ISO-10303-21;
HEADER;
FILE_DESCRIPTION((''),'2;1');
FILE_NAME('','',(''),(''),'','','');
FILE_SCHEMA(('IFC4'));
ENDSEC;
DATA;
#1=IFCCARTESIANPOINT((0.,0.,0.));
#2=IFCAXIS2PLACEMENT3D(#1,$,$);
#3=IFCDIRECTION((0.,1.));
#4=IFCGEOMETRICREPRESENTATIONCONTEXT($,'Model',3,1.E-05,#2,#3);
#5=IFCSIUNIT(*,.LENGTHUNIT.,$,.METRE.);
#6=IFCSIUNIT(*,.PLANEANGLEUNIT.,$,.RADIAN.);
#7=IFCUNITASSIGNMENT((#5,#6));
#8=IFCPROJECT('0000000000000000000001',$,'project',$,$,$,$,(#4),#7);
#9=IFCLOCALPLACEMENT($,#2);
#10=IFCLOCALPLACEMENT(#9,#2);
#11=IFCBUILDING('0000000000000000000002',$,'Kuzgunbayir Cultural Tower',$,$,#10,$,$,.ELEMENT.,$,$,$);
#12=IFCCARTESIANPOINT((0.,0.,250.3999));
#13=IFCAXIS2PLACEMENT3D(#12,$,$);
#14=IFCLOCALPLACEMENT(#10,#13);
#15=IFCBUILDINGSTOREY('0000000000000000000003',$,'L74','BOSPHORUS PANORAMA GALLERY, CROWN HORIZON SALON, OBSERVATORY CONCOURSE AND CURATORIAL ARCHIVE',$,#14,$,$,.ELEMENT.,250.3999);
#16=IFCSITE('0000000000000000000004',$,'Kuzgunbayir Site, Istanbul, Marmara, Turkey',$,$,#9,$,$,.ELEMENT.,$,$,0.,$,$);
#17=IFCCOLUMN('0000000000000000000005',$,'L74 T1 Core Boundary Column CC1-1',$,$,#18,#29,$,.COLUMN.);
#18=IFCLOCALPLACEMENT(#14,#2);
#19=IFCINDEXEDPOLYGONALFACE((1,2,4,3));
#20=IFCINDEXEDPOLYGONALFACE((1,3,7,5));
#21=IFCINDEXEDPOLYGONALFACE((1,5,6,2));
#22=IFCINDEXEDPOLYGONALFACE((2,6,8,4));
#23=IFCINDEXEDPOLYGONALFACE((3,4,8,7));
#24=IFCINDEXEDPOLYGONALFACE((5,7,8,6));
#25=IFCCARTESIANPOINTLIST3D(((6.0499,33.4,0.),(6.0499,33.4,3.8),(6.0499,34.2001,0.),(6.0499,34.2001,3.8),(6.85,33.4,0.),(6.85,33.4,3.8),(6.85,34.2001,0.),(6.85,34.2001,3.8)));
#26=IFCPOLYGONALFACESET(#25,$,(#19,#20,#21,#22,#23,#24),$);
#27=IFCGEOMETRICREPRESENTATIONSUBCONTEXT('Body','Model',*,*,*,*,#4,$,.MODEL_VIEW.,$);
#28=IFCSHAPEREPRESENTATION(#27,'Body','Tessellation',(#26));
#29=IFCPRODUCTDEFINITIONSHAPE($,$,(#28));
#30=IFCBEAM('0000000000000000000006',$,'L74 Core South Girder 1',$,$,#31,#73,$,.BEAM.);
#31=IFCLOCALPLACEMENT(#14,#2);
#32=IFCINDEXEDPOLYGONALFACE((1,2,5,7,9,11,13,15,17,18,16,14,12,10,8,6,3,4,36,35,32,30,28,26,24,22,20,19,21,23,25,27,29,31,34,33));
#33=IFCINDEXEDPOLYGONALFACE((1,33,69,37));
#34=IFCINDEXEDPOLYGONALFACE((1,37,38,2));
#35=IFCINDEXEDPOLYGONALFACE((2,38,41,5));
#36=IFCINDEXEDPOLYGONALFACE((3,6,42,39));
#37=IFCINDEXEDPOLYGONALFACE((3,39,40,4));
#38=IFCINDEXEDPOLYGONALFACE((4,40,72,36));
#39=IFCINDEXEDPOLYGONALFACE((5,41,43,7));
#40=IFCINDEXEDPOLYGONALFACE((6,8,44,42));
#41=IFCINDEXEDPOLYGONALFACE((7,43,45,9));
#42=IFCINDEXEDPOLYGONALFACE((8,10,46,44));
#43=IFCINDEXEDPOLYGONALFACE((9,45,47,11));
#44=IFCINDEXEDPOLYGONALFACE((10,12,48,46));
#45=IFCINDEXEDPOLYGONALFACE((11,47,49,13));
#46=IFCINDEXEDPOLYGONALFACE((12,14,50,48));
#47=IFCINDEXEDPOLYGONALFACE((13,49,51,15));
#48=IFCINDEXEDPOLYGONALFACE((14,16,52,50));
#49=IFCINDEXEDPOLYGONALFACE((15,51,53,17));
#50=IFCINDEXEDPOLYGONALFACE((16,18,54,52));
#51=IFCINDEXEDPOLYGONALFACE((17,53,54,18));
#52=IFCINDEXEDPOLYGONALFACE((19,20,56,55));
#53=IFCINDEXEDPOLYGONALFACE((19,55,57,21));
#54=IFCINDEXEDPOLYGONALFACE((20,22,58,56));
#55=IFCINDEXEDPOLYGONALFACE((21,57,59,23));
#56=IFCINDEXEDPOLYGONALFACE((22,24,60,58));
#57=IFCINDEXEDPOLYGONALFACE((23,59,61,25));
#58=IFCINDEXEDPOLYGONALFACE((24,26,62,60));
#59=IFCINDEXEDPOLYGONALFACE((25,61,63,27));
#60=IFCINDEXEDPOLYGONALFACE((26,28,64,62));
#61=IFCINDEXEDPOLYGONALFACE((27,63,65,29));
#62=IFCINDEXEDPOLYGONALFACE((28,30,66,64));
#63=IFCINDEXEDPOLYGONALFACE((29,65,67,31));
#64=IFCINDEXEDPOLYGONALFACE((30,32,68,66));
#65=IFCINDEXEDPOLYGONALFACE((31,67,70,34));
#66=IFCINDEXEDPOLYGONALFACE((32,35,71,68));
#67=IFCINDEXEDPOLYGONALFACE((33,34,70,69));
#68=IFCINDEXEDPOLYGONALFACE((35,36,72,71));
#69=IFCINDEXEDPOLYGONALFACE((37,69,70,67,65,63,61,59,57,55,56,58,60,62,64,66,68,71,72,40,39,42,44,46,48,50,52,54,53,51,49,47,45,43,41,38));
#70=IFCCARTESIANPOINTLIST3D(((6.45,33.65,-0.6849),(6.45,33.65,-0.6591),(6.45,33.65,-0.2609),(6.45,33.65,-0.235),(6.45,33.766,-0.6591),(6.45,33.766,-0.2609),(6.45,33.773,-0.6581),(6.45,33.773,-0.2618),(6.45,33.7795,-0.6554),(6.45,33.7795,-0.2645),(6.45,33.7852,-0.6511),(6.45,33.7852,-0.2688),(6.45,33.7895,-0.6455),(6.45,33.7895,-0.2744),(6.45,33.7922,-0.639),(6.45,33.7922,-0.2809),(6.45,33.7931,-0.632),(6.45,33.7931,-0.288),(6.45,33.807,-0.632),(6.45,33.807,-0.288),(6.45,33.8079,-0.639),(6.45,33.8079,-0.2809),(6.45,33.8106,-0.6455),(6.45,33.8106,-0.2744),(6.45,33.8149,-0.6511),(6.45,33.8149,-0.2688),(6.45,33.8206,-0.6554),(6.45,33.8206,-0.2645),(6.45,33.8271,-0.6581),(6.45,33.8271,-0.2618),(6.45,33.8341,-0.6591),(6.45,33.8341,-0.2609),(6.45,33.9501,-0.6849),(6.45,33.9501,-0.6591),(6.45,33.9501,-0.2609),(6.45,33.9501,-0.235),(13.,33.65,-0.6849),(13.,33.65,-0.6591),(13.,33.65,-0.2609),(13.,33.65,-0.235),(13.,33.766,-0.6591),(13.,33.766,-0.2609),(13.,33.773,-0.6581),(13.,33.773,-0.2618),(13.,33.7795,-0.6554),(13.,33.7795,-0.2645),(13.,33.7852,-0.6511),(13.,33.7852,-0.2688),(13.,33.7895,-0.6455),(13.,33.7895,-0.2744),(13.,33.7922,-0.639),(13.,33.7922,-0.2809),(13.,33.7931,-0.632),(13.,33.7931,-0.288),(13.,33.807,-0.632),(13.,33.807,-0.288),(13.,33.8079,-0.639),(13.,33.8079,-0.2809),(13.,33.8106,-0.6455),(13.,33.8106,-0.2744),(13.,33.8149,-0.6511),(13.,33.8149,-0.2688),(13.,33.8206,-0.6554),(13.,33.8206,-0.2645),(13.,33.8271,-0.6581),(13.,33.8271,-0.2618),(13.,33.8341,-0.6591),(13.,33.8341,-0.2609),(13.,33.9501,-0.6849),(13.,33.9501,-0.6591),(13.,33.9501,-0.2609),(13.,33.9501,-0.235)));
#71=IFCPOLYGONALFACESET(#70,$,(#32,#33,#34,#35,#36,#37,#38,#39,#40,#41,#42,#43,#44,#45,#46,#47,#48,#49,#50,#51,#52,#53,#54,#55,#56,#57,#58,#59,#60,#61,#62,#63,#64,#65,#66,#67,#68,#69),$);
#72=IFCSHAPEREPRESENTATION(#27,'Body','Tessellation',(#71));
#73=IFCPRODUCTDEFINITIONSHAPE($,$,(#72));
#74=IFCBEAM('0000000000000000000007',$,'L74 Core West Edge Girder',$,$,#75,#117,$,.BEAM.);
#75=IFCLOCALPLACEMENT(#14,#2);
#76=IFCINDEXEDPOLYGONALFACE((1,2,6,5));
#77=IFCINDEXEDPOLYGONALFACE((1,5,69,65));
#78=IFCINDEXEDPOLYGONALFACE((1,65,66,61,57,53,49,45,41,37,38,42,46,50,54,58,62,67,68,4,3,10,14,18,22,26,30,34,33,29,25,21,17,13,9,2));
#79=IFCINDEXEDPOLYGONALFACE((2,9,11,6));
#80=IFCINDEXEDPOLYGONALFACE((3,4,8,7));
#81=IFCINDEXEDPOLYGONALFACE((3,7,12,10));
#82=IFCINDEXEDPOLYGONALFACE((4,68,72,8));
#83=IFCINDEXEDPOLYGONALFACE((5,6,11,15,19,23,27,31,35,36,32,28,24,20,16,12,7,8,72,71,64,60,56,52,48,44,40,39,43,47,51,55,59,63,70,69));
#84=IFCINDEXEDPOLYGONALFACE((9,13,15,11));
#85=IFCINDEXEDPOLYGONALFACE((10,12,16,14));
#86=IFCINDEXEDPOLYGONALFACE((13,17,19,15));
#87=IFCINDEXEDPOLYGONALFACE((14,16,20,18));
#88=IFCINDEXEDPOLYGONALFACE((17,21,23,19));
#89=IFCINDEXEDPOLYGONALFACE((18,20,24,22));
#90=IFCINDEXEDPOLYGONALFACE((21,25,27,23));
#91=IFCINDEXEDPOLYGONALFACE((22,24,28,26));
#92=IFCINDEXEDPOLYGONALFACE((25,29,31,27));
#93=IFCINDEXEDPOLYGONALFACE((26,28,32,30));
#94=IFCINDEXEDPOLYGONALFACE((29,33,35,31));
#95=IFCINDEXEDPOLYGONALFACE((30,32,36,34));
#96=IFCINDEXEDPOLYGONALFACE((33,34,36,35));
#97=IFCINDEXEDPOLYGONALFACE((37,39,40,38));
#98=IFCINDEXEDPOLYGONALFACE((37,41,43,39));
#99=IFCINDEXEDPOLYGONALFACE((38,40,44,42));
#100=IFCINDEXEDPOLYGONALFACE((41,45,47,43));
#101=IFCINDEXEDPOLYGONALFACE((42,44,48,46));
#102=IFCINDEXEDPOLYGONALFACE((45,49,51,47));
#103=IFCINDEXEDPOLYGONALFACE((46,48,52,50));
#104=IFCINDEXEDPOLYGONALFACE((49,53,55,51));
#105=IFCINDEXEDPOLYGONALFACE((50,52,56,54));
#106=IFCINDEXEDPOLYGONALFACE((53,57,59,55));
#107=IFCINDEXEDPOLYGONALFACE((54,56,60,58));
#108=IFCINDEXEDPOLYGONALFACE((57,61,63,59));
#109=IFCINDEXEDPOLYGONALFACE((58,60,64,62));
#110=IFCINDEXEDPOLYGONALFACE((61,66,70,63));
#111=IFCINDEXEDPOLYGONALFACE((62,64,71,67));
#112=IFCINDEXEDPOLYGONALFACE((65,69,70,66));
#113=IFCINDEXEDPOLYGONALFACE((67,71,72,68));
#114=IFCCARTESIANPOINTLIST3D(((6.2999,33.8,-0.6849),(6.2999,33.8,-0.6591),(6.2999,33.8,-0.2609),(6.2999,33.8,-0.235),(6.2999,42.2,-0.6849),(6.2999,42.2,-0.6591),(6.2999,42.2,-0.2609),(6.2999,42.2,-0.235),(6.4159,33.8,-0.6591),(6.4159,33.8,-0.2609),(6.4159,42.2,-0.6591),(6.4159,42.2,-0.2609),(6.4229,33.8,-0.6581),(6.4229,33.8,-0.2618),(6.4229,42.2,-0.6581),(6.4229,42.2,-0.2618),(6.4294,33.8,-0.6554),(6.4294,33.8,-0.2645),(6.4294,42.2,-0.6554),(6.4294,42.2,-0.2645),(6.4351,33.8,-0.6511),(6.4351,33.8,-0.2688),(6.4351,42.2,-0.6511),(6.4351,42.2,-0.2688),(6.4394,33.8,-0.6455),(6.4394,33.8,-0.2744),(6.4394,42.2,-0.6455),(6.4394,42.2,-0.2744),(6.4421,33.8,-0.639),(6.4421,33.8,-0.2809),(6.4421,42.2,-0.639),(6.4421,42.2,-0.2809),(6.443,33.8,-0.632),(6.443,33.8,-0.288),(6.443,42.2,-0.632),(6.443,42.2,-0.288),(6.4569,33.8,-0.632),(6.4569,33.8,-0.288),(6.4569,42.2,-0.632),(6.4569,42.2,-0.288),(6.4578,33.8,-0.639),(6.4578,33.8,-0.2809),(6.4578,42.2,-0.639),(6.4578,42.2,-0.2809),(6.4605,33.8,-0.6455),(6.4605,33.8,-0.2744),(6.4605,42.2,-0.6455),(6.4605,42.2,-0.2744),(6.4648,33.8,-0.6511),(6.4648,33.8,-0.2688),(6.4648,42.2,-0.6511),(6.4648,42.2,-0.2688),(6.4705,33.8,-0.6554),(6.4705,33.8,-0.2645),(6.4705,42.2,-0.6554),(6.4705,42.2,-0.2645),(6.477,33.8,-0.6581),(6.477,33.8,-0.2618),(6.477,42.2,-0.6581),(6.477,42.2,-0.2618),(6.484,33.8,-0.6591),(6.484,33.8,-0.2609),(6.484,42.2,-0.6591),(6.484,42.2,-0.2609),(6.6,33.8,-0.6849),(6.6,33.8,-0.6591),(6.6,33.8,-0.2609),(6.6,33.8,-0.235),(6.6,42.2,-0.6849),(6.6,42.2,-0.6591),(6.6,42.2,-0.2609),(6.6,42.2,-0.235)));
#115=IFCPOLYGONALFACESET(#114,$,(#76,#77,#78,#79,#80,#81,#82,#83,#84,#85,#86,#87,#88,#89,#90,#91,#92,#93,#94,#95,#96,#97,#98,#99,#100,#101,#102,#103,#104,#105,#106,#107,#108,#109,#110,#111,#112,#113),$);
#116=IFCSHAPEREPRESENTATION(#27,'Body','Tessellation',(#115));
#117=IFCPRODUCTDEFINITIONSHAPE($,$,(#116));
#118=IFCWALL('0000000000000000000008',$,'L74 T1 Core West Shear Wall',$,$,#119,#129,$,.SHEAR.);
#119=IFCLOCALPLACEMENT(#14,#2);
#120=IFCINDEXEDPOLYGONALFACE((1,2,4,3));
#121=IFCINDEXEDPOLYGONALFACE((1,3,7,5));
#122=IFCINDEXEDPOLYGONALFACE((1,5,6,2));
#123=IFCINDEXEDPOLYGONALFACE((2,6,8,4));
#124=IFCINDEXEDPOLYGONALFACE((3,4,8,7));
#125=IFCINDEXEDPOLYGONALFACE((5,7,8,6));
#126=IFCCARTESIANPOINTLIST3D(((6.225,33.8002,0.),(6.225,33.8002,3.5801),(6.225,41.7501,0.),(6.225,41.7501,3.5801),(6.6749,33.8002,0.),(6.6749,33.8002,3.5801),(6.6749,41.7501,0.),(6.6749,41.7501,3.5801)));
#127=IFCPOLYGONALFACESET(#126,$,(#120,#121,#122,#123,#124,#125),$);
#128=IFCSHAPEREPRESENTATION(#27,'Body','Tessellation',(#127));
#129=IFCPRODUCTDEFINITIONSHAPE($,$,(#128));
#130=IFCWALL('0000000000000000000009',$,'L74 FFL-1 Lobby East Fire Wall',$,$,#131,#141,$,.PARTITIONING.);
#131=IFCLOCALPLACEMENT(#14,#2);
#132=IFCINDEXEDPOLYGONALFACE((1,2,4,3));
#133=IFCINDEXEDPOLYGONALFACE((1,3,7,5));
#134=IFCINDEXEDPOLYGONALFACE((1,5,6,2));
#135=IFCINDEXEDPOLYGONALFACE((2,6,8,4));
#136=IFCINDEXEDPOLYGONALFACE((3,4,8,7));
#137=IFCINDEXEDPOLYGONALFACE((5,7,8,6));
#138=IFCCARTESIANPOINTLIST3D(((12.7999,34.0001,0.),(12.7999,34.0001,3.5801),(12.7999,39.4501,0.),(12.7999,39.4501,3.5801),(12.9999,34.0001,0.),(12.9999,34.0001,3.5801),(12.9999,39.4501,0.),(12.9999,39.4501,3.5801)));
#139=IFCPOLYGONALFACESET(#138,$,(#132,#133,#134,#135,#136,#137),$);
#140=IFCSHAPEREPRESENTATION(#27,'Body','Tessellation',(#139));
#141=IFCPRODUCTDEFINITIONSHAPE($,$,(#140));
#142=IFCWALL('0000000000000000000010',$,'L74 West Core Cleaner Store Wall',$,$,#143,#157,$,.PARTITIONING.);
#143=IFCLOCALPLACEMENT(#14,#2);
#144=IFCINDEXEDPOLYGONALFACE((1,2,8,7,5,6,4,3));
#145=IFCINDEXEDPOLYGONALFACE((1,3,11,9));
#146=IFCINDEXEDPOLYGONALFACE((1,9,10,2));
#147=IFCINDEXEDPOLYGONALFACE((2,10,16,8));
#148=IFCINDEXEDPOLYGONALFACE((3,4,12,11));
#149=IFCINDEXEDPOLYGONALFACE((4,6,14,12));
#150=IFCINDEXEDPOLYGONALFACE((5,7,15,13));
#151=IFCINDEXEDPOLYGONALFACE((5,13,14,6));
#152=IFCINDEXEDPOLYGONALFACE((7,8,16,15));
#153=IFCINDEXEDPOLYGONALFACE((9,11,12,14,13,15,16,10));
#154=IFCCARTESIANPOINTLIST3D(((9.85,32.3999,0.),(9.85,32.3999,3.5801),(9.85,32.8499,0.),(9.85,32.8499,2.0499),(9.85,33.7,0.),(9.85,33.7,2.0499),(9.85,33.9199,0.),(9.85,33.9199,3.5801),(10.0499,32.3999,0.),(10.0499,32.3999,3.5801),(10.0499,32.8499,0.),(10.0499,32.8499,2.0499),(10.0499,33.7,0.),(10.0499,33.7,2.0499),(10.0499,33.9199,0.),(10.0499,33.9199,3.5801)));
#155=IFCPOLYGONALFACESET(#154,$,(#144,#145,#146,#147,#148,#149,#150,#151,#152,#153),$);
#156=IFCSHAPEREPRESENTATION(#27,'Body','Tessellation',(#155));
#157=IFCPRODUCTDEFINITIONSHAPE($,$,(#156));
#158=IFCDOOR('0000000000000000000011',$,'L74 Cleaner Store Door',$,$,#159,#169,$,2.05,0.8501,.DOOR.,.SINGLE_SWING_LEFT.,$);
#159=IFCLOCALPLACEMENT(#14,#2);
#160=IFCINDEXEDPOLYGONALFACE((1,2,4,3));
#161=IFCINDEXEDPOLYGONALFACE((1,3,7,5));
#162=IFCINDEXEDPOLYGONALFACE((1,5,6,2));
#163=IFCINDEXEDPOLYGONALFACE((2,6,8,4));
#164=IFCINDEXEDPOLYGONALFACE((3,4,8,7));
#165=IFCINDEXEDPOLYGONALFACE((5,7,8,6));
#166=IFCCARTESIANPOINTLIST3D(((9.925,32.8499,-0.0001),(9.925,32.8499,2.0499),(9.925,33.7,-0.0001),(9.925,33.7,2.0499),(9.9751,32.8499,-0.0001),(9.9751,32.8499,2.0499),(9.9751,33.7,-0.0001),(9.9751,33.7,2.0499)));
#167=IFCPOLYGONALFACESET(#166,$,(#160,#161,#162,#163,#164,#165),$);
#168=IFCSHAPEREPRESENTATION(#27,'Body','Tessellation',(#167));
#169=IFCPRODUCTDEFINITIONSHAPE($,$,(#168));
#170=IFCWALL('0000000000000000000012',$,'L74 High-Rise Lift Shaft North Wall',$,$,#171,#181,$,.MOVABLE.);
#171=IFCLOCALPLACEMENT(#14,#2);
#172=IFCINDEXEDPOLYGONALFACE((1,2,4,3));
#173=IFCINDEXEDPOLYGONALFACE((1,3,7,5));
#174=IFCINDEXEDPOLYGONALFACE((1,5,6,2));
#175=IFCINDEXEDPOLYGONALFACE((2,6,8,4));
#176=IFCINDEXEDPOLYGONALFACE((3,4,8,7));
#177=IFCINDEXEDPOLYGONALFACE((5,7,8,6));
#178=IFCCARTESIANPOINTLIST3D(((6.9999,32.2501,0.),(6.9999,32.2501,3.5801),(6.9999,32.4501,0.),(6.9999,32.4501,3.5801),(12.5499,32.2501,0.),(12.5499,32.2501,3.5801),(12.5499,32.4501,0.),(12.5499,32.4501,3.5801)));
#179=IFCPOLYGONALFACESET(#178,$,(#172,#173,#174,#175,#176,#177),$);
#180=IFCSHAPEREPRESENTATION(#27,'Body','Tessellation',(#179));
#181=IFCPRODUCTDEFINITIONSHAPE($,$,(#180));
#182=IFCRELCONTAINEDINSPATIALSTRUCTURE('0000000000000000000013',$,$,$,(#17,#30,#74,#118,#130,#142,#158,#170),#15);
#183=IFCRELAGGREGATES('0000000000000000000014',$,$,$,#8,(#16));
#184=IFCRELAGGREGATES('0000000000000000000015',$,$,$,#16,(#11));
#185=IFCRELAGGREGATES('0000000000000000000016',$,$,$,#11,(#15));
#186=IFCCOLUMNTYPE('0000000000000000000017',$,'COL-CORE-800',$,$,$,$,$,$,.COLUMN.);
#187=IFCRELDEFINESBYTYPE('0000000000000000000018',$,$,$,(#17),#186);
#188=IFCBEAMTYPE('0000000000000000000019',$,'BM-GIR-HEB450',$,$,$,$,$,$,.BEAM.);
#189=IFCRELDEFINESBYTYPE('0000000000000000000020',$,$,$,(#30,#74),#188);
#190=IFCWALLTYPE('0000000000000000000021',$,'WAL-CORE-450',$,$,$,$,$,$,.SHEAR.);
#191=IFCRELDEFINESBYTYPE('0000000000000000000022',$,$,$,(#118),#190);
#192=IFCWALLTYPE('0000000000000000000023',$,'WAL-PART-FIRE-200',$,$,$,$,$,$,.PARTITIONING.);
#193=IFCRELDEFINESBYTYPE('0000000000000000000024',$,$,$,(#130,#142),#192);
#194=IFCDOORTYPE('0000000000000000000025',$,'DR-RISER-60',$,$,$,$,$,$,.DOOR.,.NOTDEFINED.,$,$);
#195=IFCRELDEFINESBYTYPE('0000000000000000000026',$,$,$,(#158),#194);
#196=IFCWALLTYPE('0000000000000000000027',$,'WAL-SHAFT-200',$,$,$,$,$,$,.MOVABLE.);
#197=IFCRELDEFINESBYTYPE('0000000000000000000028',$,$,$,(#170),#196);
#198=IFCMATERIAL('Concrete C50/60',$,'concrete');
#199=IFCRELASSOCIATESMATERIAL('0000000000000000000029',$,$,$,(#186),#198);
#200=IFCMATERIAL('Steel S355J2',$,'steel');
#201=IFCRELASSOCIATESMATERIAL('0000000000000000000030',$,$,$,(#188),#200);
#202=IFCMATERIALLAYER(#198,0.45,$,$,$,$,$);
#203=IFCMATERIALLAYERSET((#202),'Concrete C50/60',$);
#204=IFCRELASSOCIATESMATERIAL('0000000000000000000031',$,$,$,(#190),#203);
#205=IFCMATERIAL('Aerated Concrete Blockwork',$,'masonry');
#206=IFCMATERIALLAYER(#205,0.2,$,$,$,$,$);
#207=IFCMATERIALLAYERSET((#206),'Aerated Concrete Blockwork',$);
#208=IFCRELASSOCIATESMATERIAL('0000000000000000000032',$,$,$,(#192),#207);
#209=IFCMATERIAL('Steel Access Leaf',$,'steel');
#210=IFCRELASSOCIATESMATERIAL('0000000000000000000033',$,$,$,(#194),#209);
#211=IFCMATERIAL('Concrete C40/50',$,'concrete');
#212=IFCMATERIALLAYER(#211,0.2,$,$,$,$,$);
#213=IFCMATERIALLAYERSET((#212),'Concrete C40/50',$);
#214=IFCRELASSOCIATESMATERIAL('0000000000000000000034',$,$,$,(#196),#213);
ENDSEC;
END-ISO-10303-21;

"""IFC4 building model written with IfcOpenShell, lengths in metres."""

from ifc_helpers import new_model, si_unit, direction, frame, frame_2d, origin, origin_2d, place, context, subcontext, project, spatial, rectangle, i_section, extrude, material, layer, layer_set, material_profile, profile_set, type_object, element, fill, save


model = new_model("IFC4")

# Units and contexts
model_context = context("Model", 3, precision=1e-05, world=origin(), true_north=direction((0.0, 1.0)))
body_context = subcontext(model_context, "Body", "Model", "MODEL_VIEW")
ifc_project = project(units=[si_unit("LENGTHUNIT", "METRE"), si_unit("PLANEANGLEUNIT", "RADIAN")], contexts=[model_context])

# Site, building, storey
site_placement = place(None, origin())
site = spatial("IfcSite", under=ifc_project, at=site_placement, Name="Kuzgunbayir Site, Istanbul, Marmara, Turkey", CompositionType="ELEMENT", RefElevation=0.0)
building_placement = place(site_placement, origin())
building = spatial("IfcBuilding", under=site, at=building_placement, Name="Kuzgunbayir Cultural Tower", CompositionType="ELEMENT")
storey_placement = place(building_placement, frame((0.0, 0.0, 250.3999)))
storey = spatial("IfcBuildingStorey", under=building, at=storey_placement, Name="L74", Description="BOSPHORUS PANORAMA GALLERY, CROWN HORIZON SALON, OBSERVATORY CONCOURSE AND CURATORIAL ARCHIVE", CompositionType="ELEMENT", Elevation=250.3999)

# Column
ifc_material_1 = material(Name="Concrete C50/60", Category="concrete")
ifc_material_profile_1 = material_profile(ifc_material_1, rectangle(XDim=0.8, YDim=0.8, at=origin_2d()), Name="RC 800x800")
ifc_profile_set_1 = profile_set([ifc_material_profile_1], Name="Concrete C50/60")
column_type = type_object("IfcColumnType", Name="COL-CORE-800", PredefinedType="COLUMN", material=ifc_profile_set_1)
column_placement = place(storey_placement, frame((6.45, 33.8, 0.0), z_axis=(0.0, 0.0, 1.0), x_axis=(1.0, 0.0, 0.0)))
element("IfcColumn", 1, at=column_placement, inside=storey, type_object=column_type, Name="L74 T1 Core Boundary Column CC1-1", PredefinedType="COLUMN", context=body_context, shape_type="SweptSolid", body=[
    extrude(rectangle(XDim=0.8, YDim=0.8, at=origin_2d()), origin(), (0.0, 0.0, 1.0), 3.8),
])

# Beams
ifc_material_2 = material(Name="Steel S355J2", Category="steel")
ifc_material_profile_2 = material_profile(ifc_material_2, i_section(OverallWidth=0.3, OverallDepth=0.45, WebThickness=0.0139, FlangeThickness=0.0259, FilletRadius=0.0271, at=origin_2d()), Name="HEB 450")
ifc_profile_set_2 = profile_set([ifc_material_profile_2], Name="Steel S355J2")
beam_type = type_object("IfcBeamType", Name="BM-GIR-HEB450", PredefinedType="BEAM", material=ifc_profile_set_2)
beam_1_placement = place(storey_placement, frame((6.45, 33.8, -0.46), z_axis=(1.0, 0.0, 0.0), x_axis=(0.0, 1.0, 0.0)))
element("IfcBeam", 2, at=beam_1_placement, inside=storey, type_object=beam_type, Name="L74 Core South Girder 1", PredefinedType="BEAM", context=body_context, shape_type="SweptSolid", body=[
    extrude(i_section(OverallWidth=0.3, OverallDepth=0.45, WebThickness=0.0139, FlangeThickness=0.0259, FilletRadius=0.0271, at=origin_2d()), origin(), (0.0, 0.0, 1.0), 6.55),
])
beam_2_placement = place(storey_placement, frame((6.45, 33.8, -0.46), z_axis=(0.0, 1.0, 0.0), x_axis=(-1.0, 0.0, 0.0)))
element("IfcBeam", 3, at=beam_2_placement, inside=storey, type_object=beam_type, Name="L74 Core West Edge Girder", PredefinedType="BEAM", context=body_context, shape_type="SweptSolid", body=[
    extrude(i_section(OverallWidth=0.3, OverallDepth=0.45, WebThickness=0.0139, FlangeThickness=0.0259, FilletRadius=0.0271, at=origin_2d()), origin(), (0.0, 0.0, 1.0), 8.3999),
])

# Walls
ifc_layer_1 = layer(ifc_material_1, 0.45)
ifc_layer_set_1 = layer_set([ifc_layer_1], Name="Concrete C50/60")
wall_type_1 = type_object("IfcWallType", Name="WAL-CORE-450", PredefinedType="SHEAR", material=ifc_layer_set_1)
wall_1_placement = place(storey_placement, frame((6.45, 33.8, 0.0), z_axis=(0.0, 0.0, 1.0), x_axis=(0.0, 1.0, 0.0)))
element("IfcWall", 4, at=wall_1_placement, inside=storey, type_object=wall_type_1, Name="L74 T1 Core West Shear Wall", PredefinedType="SHEAR", context=body_context, shape_type="SweptSolid", body=[
    extrude(rectangle(XDim=7.95, YDim=0.45, at=frame_2d((3.9751, 0.0))), origin(), (0.0, 0.0, 1.0), 3.5801),
])
ifc_material_3 = material(Name="Aerated Concrete Blockwork", Category="masonry")
ifc_layer_2 = layer(ifc_material_3, 0.2)
ifc_layer_set_2 = layer_set([ifc_layer_2], Name="Aerated Concrete Blockwork")
wall_type_2 = type_object("IfcWallType", Name="WAL-PART-FIRE-200", PredefinedType="PARTITIONING", material=ifc_layer_set_2)
wall_2_placement = place(storey_placement, frame((12.8999, 34.0, 0.0), z_axis=(0.0, 0.0, 1.0), x_axis=(0.0, 1.0, 0.0)))
element("IfcWall", 5, at=wall_2_placement, inside=storey, type_object=wall_type_2, Name="L74 FFL-1 Lobby East Fire Wall", PredefinedType="PARTITIONING", context=body_context, shape_type="SweptSolid", body=[
    extrude(rectangle(XDim=5.45, YDim=0.2, at=frame_2d((2.7251, 0.0))), origin(), (0.0, 0.0, 1.0), 3.5801),
])

# Wall, opening, door
wall_3_placement = place(storey_placement, frame((9.95, 32.3999, 0.0), z_axis=(0.0, 0.0, 1.0), x_axis=(0.0, 1.0, 0.0)))
wall_3 = element("IfcWall", 6, at=wall_3_placement, inside=storey, type_object=wall_type_2, Name="L74 West Core Cleaner Store Wall", PredefinedType="PARTITIONING", context=body_context, shape_type="SweptSolid", body=[
    extrude(rectangle(XDim=1.52, YDim=0.2, at=frame_2d((0.76, 0.0))), origin(), (0.0, 0.0, 1.0), 3.5801),
])
opening_1_placement = place(wall_3_placement, frame((0.45, 0.0, 0.0)))
opening_1 = element("IfcOpeningElement", 7, at=opening_1_placement, cuts=wall_3, PredefinedType="OPENING", context=body_context, shape_type="SweptSolid", body=[
    extrude(rectangle(XDim=0.8501, YDim=2.05, at=frame_2d((0.425, 1.0249))), frame((0.0, 0.1099, 0.0), z_axis=(0.0, -1.0, 0.0), x_axis=(1.0, 0.0, 0.0)), (0.0, 0.0, 1.0), 0.22),
])
ifc_material_4 = material(Name="Steel Access Leaf", Category="steel")
door_type_1 = type_object("IfcDoorType", Name="DR-RISER-60", OperationType="NOTDEFINED", PredefinedType="DOOR", material=ifc_material_4)
door_1_placement = place(opening_1_placement, origin())
door_1 = element("IfcDoor", 8, at=door_1_placement, inside=storey, type_object=door_type_1, Name="L74 Cleaner Store Door", OperationType="SINGLE_SWING_LEFT", OverallHeight=2.05, OverallWidth=0.8501, PredefinedType="DOOR", context=body_context, shape_type="SweptSolid", body=[
    extrude(rectangle(XDim=0.8501, YDim=2.05, at=frame_2d((0.425, 1.0249))), frame((0.0, 0.0249, 0.0), z_axis=(0.0, -1.0, 0.0), x_axis=(1.0, 0.0, 0.0)), (0.0, 0.0, 1.0), 0.05),
])
fill(opening_1, door_1)

# Shared definitions
ifc_material_5 = material(Name="Concrete C40/50", Category="concrete")
ifc_layer_3 = layer(ifc_material_5, 0.2)
ifc_layer_set_3 = layer_set([ifc_layer_3], Name="Concrete C40/50")
wall_type_3 = type_object("IfcWallType", Name="WAL-SHAFT-200", PredefinedType="MOVABLE", material=ifc_layer_set_3)

# Wall
wall_4_placement = place(storey_placement, frame((7.0, 32.3501, 0.0), z_axis=(0.0, 0.0, 1.0), x_axis=(1.0, 0.0, 0.0)))
element("IfcWall", 9, at=wall_4_placement, inside=storey, type_object=wall_type_3, Name="L74 High-Rise Lift Shaft North Wall", PredefinedType="MOVABLE", context=body_context, shape_type="SweptSolid", body=[
    extrude(rectangle(XDim=5.55, YDim=0.2, at=frame_2d((2.7749, 0.0))), origin(), (0.0, 0.0, 1.0), 3.5801),
])

save(model, "model.ifc")
